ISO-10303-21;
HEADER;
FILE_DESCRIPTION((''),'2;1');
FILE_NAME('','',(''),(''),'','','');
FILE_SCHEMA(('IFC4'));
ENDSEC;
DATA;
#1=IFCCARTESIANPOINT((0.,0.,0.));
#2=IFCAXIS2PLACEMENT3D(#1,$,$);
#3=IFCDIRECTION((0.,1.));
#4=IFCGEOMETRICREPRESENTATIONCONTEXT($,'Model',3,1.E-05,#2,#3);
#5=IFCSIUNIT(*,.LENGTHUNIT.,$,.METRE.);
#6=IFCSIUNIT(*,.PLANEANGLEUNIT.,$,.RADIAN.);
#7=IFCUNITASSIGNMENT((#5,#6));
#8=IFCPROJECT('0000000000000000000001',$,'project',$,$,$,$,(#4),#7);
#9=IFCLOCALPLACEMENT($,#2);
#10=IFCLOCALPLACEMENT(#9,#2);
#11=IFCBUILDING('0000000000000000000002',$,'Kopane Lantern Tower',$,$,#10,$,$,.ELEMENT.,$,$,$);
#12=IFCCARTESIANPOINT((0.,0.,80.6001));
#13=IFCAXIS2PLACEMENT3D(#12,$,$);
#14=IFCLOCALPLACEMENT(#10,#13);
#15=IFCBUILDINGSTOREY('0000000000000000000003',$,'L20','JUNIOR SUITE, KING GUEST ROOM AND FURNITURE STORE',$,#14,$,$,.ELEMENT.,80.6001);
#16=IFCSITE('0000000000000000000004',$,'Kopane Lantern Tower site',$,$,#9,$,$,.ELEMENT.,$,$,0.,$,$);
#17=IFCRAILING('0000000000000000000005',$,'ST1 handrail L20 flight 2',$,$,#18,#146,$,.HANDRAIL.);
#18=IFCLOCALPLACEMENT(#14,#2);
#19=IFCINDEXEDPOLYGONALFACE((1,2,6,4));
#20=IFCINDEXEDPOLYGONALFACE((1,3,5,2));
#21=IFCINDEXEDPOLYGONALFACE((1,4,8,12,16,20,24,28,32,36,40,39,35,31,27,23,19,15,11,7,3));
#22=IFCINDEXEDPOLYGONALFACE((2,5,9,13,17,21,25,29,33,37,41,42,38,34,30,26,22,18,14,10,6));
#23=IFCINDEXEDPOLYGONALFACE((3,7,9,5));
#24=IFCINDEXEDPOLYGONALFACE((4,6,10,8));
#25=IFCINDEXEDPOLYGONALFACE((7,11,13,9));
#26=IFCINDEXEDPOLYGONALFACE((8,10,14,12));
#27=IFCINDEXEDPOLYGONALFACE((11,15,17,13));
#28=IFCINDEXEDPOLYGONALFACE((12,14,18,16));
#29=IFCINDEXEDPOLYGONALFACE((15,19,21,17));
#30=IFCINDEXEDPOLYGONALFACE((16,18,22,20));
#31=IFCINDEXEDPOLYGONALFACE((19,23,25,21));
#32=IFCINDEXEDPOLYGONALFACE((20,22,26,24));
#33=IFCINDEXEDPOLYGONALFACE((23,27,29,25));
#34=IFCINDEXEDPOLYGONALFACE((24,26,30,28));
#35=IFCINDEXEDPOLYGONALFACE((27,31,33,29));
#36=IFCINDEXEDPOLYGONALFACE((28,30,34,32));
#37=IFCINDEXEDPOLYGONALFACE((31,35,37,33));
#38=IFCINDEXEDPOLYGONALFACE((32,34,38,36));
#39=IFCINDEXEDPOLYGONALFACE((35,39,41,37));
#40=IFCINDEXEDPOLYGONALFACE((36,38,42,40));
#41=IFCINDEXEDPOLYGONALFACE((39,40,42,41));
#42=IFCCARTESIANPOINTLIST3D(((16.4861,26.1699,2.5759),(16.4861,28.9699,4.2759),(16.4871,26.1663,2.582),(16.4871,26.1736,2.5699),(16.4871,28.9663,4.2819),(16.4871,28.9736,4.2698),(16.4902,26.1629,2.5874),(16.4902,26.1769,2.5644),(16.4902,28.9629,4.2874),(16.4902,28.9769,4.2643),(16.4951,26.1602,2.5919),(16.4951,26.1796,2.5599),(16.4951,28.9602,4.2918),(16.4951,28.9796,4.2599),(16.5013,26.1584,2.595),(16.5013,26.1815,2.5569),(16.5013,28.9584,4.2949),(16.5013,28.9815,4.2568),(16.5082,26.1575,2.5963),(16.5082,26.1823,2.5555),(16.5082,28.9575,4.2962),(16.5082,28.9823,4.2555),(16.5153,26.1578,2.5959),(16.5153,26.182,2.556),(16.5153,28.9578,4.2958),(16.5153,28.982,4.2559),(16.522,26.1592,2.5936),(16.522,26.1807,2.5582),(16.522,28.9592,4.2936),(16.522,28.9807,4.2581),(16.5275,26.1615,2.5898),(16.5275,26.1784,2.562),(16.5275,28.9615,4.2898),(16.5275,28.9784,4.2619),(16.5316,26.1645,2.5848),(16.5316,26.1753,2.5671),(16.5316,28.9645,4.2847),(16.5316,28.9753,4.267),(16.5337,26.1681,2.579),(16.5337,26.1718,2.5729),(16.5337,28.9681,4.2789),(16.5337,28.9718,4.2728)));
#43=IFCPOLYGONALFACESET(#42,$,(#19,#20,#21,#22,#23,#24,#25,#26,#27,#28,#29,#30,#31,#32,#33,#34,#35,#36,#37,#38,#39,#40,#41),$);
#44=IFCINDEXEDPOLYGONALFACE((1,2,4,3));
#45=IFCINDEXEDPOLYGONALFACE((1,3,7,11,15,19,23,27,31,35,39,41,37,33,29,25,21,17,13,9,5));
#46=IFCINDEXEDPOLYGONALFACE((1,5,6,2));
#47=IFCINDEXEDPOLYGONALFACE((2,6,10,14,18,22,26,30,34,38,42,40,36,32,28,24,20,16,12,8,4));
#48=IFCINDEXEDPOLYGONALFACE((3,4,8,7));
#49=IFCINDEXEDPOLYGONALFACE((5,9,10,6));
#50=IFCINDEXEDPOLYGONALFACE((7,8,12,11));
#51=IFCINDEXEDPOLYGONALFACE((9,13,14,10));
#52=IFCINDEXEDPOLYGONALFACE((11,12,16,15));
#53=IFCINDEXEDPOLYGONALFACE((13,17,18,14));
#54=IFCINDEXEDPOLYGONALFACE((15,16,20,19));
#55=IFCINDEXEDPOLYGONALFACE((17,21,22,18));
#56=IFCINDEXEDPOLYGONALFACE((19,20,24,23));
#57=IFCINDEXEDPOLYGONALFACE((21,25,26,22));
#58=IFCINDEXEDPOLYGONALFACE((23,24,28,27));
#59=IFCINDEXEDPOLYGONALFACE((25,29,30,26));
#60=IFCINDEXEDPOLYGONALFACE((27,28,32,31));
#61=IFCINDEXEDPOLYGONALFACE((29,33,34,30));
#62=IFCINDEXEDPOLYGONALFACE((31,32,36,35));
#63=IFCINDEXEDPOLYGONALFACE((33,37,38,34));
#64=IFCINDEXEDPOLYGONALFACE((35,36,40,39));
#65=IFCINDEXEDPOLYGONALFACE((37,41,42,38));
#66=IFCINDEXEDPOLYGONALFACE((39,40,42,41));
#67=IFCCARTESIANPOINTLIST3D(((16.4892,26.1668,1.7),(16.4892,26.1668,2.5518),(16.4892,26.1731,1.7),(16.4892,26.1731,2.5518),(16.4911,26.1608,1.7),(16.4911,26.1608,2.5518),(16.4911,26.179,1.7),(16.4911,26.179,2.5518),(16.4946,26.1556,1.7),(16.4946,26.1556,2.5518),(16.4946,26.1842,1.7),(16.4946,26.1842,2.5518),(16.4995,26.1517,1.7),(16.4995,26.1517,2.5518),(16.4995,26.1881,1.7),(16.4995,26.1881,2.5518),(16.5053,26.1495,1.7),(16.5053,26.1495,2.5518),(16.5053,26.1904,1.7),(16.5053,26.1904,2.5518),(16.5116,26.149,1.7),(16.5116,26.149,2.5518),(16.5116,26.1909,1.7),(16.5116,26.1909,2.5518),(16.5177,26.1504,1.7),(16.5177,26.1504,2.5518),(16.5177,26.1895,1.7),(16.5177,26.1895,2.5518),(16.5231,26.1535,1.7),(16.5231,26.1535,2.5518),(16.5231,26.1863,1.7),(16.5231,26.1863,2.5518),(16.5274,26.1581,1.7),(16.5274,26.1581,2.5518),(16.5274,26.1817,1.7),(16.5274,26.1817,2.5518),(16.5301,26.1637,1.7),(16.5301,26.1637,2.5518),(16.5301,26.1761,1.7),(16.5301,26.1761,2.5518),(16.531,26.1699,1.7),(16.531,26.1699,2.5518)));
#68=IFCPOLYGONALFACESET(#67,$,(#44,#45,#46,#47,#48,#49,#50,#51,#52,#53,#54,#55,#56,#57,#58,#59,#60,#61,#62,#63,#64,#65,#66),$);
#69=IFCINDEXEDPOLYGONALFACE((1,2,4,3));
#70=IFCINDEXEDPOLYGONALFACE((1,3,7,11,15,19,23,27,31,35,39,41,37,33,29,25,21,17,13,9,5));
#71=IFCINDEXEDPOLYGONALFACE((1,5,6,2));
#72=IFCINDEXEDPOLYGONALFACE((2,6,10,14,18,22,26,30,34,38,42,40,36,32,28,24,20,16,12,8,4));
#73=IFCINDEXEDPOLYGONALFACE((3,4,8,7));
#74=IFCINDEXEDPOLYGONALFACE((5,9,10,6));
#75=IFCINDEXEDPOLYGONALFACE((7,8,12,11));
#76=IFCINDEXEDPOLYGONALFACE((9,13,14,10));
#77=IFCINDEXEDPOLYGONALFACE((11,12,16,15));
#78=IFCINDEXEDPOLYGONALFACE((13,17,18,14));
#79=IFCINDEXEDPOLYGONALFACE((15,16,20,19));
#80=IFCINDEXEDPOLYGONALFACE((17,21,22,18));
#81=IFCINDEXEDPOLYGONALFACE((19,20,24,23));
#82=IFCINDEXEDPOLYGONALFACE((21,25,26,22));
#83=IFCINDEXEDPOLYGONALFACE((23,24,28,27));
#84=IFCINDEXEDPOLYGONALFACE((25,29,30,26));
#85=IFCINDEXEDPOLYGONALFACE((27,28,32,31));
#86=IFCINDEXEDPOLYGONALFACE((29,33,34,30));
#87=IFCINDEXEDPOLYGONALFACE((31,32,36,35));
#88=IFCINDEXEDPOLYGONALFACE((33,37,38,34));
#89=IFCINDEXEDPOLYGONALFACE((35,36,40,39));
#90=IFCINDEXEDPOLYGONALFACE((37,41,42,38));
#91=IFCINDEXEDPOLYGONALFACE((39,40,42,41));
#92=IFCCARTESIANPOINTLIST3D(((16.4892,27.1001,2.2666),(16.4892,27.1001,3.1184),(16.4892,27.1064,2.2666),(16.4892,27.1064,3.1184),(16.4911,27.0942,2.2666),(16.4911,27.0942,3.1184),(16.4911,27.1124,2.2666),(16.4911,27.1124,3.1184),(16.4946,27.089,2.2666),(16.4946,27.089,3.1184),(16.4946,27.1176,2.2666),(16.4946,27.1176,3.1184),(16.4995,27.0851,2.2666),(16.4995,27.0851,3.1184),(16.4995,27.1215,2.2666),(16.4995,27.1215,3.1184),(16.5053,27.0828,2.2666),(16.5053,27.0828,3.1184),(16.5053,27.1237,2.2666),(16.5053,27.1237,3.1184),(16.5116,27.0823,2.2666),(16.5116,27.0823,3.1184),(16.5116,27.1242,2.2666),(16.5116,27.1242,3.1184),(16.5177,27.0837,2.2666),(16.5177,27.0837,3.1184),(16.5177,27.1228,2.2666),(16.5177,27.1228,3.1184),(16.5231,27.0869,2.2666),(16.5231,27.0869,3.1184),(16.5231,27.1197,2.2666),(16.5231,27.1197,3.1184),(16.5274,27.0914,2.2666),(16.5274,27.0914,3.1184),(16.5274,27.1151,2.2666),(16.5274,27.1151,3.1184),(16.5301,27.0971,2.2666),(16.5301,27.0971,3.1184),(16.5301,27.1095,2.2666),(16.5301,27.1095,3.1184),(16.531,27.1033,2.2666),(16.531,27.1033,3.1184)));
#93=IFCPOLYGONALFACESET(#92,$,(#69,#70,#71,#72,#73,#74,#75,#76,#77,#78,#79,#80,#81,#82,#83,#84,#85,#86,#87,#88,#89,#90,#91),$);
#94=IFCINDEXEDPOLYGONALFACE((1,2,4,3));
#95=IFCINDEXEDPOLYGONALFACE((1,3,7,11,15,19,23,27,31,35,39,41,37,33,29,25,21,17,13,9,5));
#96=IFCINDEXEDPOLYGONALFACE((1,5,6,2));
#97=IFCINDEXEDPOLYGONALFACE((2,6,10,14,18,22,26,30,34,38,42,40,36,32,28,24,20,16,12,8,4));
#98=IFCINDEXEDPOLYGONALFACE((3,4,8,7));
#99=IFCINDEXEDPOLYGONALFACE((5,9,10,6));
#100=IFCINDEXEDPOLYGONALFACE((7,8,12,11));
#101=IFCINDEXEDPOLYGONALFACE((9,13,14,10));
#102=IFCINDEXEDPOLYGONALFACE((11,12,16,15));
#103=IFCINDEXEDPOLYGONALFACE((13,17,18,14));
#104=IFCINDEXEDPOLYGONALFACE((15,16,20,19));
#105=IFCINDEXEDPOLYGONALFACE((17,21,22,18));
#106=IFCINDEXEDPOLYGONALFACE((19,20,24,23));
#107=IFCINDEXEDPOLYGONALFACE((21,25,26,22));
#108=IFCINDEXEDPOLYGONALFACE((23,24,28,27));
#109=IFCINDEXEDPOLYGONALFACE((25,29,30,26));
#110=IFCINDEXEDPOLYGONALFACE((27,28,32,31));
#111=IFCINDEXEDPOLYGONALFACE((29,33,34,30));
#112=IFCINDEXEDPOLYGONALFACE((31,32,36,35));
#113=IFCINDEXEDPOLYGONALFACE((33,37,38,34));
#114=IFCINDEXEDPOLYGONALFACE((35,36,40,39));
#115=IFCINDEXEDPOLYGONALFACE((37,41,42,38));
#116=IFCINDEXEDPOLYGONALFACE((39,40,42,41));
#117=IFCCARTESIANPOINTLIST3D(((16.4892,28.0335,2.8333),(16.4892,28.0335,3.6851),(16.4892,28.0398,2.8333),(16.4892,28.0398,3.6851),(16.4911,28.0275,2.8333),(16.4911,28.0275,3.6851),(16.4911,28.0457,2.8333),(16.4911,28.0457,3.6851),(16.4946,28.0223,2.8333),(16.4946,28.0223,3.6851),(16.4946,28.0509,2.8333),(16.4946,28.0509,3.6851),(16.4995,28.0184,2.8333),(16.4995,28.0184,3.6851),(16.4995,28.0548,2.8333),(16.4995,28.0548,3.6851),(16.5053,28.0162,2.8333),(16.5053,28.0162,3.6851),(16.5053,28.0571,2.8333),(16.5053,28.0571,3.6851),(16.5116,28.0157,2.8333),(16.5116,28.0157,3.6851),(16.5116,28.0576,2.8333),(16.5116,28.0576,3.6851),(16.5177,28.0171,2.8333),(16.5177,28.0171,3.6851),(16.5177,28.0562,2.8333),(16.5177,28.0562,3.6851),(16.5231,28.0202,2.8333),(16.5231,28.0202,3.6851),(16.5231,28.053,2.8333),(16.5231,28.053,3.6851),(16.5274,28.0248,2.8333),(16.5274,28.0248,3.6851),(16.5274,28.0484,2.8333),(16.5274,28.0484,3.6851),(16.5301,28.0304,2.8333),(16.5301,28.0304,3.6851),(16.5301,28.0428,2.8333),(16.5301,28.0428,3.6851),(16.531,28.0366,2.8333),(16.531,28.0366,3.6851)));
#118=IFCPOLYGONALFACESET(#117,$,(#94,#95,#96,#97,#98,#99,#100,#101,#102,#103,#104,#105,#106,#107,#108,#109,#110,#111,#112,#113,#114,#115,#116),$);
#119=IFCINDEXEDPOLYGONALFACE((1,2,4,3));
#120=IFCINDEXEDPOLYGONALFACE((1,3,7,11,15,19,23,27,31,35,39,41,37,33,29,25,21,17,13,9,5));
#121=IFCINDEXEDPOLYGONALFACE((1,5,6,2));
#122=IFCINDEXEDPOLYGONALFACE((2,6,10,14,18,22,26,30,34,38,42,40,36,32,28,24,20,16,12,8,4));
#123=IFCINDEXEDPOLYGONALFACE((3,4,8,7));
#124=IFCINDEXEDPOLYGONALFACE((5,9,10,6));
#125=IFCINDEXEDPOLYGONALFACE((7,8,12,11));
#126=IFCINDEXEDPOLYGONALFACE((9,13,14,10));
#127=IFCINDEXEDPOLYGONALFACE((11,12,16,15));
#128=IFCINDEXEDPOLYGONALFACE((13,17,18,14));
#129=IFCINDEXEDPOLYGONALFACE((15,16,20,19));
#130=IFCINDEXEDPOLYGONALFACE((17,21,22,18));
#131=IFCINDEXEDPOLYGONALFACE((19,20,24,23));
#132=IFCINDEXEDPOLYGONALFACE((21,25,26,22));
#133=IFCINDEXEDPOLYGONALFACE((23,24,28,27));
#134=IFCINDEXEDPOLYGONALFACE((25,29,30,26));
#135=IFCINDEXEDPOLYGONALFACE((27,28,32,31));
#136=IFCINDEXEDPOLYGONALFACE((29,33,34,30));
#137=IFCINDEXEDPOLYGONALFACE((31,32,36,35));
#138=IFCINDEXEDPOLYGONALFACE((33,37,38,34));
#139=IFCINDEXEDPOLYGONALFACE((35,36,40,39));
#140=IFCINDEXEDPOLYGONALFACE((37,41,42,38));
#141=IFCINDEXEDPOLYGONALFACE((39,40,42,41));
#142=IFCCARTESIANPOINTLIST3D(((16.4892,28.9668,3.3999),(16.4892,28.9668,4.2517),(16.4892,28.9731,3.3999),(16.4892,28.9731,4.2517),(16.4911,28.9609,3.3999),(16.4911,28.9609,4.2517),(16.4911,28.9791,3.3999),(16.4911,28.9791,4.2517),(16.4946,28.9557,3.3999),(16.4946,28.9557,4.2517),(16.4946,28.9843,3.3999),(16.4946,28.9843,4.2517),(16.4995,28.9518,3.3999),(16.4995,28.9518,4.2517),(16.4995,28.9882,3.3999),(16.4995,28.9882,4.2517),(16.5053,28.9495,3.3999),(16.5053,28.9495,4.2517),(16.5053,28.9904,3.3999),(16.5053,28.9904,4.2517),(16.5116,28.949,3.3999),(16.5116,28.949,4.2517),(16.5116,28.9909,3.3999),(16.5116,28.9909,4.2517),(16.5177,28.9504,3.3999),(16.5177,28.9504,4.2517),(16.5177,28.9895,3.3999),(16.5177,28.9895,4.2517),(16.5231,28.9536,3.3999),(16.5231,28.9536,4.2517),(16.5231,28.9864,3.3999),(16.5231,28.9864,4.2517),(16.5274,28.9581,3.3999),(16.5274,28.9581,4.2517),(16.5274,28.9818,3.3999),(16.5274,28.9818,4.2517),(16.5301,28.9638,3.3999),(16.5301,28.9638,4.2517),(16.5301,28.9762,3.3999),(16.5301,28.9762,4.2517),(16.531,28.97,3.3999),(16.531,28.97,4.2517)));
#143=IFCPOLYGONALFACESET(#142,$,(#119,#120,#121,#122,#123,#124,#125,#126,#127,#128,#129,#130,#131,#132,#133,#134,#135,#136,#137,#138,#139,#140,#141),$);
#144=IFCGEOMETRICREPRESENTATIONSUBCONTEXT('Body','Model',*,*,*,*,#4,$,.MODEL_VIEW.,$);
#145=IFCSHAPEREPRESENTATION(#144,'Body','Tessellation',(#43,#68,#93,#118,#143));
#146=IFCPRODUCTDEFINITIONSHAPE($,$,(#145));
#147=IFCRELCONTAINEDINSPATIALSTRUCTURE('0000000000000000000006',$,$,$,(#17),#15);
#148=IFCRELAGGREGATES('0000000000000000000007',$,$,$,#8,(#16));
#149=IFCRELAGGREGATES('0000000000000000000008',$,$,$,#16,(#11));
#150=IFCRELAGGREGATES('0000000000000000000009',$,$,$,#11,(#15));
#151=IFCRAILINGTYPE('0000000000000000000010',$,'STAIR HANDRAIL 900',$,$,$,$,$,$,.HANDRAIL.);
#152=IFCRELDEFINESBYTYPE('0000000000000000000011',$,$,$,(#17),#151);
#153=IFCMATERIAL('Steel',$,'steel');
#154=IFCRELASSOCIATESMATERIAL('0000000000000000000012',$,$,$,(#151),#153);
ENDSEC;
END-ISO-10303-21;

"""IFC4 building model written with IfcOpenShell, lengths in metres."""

from ifc_helpers import new_model, si_unit, direction, frame, origin, origin_2d, place, context, subcontext, project, spatial, circle, extrude, material, type_object, element, save


model = new_model("IFC4")

# Units and contexts
model_context = context("Model", 3, precision=1e-05, world=origin(), true_north=direction((0.0, 1.0)))
body_context = subcontext(model_context, "Body", "Model", "MODEL_VIEW")
ifc_project = project(units=[si_unit("LENGTHUNIT", "METRE"), si_unit("PLANEANGLEUNIT", "RADIAN")], contexts=[model_context])

# Site, building, storey
site_placement = place(None, origin())
site = spatial("IfcSite", under=ifc_project, at=site_placement, Name="Kopane Lantern Tower site", CompositionType="ELEMENT", RefElevation=0.0)
building_placement = place(site_placement, origin())
building = spatial("IfcBuilding", under=site, at=building_placement, Name="Kopane Lantern Tower", CompositionType="ELEMENT")
storey_placement = place(building_placement, frame((0.0, 0.0, 80.6001)))
storey = spatial("IfcBuildingStorey", under=building, at=storey_placement, Name="L20", Description="JUNIOR SUITE, KING GUEST ROOM AND FURNITURE STORE", CompositionType="ELEMENT", Elevation=80.6001)

# Railing
ifc_material_1 = material(Name="Steel", Category="steel")
railing_type_1 = type_object("IfcRailingType", Name="STAIR HANDRAIL 900", PredefinedType="HANDRAIL", material=ifc_material_1)
for number, where, name in (
    (1, (16.51, 26.1699, 1.7), "ST1 handrail L20 flight 2"),
):
    element("IfcRailing", number, at=place(storey_placement, frame(where)), inside=storey, type_object=railing_type_1, Name=name, PredefinedType="HANDRAIL", context=body_context, shape_type="SweptSolid", body=[
        extrude(circle(Radius=0.0239, at=origin_2d()), frame((0.0, 0.0, 0.876), z_axis=(0.0, 0.854798, 0.518961), x_axis=(-1.0, 0.0, 0.0)), (0.0, 0.0, 1.0), 3.2756),
        extrude(circle(Radius=0.021, at=origin_2d()), origin(), (0.0, 0.0, 1.0), 0.8518),
        extrude(circle(Radius=0.021, at=origin_2d()), frame((0.0, 0.9333, 0.5667)), (0.0, 0.0, 1.0), 0.8518),
        extrude(circle(Radius=0.021, at=origin_2d()), frame((0.0, 1.8667, 1.1333)), (0.0, 0.0, 1.0), 0.8518),
        extrude(circle(Radius=0.021, at=origin_2d()), frame((0.0, 2.8, 1.7)), (0.0, 0.0, 1.0), 0.8518),
    ])

save(model, "model.ifc")
